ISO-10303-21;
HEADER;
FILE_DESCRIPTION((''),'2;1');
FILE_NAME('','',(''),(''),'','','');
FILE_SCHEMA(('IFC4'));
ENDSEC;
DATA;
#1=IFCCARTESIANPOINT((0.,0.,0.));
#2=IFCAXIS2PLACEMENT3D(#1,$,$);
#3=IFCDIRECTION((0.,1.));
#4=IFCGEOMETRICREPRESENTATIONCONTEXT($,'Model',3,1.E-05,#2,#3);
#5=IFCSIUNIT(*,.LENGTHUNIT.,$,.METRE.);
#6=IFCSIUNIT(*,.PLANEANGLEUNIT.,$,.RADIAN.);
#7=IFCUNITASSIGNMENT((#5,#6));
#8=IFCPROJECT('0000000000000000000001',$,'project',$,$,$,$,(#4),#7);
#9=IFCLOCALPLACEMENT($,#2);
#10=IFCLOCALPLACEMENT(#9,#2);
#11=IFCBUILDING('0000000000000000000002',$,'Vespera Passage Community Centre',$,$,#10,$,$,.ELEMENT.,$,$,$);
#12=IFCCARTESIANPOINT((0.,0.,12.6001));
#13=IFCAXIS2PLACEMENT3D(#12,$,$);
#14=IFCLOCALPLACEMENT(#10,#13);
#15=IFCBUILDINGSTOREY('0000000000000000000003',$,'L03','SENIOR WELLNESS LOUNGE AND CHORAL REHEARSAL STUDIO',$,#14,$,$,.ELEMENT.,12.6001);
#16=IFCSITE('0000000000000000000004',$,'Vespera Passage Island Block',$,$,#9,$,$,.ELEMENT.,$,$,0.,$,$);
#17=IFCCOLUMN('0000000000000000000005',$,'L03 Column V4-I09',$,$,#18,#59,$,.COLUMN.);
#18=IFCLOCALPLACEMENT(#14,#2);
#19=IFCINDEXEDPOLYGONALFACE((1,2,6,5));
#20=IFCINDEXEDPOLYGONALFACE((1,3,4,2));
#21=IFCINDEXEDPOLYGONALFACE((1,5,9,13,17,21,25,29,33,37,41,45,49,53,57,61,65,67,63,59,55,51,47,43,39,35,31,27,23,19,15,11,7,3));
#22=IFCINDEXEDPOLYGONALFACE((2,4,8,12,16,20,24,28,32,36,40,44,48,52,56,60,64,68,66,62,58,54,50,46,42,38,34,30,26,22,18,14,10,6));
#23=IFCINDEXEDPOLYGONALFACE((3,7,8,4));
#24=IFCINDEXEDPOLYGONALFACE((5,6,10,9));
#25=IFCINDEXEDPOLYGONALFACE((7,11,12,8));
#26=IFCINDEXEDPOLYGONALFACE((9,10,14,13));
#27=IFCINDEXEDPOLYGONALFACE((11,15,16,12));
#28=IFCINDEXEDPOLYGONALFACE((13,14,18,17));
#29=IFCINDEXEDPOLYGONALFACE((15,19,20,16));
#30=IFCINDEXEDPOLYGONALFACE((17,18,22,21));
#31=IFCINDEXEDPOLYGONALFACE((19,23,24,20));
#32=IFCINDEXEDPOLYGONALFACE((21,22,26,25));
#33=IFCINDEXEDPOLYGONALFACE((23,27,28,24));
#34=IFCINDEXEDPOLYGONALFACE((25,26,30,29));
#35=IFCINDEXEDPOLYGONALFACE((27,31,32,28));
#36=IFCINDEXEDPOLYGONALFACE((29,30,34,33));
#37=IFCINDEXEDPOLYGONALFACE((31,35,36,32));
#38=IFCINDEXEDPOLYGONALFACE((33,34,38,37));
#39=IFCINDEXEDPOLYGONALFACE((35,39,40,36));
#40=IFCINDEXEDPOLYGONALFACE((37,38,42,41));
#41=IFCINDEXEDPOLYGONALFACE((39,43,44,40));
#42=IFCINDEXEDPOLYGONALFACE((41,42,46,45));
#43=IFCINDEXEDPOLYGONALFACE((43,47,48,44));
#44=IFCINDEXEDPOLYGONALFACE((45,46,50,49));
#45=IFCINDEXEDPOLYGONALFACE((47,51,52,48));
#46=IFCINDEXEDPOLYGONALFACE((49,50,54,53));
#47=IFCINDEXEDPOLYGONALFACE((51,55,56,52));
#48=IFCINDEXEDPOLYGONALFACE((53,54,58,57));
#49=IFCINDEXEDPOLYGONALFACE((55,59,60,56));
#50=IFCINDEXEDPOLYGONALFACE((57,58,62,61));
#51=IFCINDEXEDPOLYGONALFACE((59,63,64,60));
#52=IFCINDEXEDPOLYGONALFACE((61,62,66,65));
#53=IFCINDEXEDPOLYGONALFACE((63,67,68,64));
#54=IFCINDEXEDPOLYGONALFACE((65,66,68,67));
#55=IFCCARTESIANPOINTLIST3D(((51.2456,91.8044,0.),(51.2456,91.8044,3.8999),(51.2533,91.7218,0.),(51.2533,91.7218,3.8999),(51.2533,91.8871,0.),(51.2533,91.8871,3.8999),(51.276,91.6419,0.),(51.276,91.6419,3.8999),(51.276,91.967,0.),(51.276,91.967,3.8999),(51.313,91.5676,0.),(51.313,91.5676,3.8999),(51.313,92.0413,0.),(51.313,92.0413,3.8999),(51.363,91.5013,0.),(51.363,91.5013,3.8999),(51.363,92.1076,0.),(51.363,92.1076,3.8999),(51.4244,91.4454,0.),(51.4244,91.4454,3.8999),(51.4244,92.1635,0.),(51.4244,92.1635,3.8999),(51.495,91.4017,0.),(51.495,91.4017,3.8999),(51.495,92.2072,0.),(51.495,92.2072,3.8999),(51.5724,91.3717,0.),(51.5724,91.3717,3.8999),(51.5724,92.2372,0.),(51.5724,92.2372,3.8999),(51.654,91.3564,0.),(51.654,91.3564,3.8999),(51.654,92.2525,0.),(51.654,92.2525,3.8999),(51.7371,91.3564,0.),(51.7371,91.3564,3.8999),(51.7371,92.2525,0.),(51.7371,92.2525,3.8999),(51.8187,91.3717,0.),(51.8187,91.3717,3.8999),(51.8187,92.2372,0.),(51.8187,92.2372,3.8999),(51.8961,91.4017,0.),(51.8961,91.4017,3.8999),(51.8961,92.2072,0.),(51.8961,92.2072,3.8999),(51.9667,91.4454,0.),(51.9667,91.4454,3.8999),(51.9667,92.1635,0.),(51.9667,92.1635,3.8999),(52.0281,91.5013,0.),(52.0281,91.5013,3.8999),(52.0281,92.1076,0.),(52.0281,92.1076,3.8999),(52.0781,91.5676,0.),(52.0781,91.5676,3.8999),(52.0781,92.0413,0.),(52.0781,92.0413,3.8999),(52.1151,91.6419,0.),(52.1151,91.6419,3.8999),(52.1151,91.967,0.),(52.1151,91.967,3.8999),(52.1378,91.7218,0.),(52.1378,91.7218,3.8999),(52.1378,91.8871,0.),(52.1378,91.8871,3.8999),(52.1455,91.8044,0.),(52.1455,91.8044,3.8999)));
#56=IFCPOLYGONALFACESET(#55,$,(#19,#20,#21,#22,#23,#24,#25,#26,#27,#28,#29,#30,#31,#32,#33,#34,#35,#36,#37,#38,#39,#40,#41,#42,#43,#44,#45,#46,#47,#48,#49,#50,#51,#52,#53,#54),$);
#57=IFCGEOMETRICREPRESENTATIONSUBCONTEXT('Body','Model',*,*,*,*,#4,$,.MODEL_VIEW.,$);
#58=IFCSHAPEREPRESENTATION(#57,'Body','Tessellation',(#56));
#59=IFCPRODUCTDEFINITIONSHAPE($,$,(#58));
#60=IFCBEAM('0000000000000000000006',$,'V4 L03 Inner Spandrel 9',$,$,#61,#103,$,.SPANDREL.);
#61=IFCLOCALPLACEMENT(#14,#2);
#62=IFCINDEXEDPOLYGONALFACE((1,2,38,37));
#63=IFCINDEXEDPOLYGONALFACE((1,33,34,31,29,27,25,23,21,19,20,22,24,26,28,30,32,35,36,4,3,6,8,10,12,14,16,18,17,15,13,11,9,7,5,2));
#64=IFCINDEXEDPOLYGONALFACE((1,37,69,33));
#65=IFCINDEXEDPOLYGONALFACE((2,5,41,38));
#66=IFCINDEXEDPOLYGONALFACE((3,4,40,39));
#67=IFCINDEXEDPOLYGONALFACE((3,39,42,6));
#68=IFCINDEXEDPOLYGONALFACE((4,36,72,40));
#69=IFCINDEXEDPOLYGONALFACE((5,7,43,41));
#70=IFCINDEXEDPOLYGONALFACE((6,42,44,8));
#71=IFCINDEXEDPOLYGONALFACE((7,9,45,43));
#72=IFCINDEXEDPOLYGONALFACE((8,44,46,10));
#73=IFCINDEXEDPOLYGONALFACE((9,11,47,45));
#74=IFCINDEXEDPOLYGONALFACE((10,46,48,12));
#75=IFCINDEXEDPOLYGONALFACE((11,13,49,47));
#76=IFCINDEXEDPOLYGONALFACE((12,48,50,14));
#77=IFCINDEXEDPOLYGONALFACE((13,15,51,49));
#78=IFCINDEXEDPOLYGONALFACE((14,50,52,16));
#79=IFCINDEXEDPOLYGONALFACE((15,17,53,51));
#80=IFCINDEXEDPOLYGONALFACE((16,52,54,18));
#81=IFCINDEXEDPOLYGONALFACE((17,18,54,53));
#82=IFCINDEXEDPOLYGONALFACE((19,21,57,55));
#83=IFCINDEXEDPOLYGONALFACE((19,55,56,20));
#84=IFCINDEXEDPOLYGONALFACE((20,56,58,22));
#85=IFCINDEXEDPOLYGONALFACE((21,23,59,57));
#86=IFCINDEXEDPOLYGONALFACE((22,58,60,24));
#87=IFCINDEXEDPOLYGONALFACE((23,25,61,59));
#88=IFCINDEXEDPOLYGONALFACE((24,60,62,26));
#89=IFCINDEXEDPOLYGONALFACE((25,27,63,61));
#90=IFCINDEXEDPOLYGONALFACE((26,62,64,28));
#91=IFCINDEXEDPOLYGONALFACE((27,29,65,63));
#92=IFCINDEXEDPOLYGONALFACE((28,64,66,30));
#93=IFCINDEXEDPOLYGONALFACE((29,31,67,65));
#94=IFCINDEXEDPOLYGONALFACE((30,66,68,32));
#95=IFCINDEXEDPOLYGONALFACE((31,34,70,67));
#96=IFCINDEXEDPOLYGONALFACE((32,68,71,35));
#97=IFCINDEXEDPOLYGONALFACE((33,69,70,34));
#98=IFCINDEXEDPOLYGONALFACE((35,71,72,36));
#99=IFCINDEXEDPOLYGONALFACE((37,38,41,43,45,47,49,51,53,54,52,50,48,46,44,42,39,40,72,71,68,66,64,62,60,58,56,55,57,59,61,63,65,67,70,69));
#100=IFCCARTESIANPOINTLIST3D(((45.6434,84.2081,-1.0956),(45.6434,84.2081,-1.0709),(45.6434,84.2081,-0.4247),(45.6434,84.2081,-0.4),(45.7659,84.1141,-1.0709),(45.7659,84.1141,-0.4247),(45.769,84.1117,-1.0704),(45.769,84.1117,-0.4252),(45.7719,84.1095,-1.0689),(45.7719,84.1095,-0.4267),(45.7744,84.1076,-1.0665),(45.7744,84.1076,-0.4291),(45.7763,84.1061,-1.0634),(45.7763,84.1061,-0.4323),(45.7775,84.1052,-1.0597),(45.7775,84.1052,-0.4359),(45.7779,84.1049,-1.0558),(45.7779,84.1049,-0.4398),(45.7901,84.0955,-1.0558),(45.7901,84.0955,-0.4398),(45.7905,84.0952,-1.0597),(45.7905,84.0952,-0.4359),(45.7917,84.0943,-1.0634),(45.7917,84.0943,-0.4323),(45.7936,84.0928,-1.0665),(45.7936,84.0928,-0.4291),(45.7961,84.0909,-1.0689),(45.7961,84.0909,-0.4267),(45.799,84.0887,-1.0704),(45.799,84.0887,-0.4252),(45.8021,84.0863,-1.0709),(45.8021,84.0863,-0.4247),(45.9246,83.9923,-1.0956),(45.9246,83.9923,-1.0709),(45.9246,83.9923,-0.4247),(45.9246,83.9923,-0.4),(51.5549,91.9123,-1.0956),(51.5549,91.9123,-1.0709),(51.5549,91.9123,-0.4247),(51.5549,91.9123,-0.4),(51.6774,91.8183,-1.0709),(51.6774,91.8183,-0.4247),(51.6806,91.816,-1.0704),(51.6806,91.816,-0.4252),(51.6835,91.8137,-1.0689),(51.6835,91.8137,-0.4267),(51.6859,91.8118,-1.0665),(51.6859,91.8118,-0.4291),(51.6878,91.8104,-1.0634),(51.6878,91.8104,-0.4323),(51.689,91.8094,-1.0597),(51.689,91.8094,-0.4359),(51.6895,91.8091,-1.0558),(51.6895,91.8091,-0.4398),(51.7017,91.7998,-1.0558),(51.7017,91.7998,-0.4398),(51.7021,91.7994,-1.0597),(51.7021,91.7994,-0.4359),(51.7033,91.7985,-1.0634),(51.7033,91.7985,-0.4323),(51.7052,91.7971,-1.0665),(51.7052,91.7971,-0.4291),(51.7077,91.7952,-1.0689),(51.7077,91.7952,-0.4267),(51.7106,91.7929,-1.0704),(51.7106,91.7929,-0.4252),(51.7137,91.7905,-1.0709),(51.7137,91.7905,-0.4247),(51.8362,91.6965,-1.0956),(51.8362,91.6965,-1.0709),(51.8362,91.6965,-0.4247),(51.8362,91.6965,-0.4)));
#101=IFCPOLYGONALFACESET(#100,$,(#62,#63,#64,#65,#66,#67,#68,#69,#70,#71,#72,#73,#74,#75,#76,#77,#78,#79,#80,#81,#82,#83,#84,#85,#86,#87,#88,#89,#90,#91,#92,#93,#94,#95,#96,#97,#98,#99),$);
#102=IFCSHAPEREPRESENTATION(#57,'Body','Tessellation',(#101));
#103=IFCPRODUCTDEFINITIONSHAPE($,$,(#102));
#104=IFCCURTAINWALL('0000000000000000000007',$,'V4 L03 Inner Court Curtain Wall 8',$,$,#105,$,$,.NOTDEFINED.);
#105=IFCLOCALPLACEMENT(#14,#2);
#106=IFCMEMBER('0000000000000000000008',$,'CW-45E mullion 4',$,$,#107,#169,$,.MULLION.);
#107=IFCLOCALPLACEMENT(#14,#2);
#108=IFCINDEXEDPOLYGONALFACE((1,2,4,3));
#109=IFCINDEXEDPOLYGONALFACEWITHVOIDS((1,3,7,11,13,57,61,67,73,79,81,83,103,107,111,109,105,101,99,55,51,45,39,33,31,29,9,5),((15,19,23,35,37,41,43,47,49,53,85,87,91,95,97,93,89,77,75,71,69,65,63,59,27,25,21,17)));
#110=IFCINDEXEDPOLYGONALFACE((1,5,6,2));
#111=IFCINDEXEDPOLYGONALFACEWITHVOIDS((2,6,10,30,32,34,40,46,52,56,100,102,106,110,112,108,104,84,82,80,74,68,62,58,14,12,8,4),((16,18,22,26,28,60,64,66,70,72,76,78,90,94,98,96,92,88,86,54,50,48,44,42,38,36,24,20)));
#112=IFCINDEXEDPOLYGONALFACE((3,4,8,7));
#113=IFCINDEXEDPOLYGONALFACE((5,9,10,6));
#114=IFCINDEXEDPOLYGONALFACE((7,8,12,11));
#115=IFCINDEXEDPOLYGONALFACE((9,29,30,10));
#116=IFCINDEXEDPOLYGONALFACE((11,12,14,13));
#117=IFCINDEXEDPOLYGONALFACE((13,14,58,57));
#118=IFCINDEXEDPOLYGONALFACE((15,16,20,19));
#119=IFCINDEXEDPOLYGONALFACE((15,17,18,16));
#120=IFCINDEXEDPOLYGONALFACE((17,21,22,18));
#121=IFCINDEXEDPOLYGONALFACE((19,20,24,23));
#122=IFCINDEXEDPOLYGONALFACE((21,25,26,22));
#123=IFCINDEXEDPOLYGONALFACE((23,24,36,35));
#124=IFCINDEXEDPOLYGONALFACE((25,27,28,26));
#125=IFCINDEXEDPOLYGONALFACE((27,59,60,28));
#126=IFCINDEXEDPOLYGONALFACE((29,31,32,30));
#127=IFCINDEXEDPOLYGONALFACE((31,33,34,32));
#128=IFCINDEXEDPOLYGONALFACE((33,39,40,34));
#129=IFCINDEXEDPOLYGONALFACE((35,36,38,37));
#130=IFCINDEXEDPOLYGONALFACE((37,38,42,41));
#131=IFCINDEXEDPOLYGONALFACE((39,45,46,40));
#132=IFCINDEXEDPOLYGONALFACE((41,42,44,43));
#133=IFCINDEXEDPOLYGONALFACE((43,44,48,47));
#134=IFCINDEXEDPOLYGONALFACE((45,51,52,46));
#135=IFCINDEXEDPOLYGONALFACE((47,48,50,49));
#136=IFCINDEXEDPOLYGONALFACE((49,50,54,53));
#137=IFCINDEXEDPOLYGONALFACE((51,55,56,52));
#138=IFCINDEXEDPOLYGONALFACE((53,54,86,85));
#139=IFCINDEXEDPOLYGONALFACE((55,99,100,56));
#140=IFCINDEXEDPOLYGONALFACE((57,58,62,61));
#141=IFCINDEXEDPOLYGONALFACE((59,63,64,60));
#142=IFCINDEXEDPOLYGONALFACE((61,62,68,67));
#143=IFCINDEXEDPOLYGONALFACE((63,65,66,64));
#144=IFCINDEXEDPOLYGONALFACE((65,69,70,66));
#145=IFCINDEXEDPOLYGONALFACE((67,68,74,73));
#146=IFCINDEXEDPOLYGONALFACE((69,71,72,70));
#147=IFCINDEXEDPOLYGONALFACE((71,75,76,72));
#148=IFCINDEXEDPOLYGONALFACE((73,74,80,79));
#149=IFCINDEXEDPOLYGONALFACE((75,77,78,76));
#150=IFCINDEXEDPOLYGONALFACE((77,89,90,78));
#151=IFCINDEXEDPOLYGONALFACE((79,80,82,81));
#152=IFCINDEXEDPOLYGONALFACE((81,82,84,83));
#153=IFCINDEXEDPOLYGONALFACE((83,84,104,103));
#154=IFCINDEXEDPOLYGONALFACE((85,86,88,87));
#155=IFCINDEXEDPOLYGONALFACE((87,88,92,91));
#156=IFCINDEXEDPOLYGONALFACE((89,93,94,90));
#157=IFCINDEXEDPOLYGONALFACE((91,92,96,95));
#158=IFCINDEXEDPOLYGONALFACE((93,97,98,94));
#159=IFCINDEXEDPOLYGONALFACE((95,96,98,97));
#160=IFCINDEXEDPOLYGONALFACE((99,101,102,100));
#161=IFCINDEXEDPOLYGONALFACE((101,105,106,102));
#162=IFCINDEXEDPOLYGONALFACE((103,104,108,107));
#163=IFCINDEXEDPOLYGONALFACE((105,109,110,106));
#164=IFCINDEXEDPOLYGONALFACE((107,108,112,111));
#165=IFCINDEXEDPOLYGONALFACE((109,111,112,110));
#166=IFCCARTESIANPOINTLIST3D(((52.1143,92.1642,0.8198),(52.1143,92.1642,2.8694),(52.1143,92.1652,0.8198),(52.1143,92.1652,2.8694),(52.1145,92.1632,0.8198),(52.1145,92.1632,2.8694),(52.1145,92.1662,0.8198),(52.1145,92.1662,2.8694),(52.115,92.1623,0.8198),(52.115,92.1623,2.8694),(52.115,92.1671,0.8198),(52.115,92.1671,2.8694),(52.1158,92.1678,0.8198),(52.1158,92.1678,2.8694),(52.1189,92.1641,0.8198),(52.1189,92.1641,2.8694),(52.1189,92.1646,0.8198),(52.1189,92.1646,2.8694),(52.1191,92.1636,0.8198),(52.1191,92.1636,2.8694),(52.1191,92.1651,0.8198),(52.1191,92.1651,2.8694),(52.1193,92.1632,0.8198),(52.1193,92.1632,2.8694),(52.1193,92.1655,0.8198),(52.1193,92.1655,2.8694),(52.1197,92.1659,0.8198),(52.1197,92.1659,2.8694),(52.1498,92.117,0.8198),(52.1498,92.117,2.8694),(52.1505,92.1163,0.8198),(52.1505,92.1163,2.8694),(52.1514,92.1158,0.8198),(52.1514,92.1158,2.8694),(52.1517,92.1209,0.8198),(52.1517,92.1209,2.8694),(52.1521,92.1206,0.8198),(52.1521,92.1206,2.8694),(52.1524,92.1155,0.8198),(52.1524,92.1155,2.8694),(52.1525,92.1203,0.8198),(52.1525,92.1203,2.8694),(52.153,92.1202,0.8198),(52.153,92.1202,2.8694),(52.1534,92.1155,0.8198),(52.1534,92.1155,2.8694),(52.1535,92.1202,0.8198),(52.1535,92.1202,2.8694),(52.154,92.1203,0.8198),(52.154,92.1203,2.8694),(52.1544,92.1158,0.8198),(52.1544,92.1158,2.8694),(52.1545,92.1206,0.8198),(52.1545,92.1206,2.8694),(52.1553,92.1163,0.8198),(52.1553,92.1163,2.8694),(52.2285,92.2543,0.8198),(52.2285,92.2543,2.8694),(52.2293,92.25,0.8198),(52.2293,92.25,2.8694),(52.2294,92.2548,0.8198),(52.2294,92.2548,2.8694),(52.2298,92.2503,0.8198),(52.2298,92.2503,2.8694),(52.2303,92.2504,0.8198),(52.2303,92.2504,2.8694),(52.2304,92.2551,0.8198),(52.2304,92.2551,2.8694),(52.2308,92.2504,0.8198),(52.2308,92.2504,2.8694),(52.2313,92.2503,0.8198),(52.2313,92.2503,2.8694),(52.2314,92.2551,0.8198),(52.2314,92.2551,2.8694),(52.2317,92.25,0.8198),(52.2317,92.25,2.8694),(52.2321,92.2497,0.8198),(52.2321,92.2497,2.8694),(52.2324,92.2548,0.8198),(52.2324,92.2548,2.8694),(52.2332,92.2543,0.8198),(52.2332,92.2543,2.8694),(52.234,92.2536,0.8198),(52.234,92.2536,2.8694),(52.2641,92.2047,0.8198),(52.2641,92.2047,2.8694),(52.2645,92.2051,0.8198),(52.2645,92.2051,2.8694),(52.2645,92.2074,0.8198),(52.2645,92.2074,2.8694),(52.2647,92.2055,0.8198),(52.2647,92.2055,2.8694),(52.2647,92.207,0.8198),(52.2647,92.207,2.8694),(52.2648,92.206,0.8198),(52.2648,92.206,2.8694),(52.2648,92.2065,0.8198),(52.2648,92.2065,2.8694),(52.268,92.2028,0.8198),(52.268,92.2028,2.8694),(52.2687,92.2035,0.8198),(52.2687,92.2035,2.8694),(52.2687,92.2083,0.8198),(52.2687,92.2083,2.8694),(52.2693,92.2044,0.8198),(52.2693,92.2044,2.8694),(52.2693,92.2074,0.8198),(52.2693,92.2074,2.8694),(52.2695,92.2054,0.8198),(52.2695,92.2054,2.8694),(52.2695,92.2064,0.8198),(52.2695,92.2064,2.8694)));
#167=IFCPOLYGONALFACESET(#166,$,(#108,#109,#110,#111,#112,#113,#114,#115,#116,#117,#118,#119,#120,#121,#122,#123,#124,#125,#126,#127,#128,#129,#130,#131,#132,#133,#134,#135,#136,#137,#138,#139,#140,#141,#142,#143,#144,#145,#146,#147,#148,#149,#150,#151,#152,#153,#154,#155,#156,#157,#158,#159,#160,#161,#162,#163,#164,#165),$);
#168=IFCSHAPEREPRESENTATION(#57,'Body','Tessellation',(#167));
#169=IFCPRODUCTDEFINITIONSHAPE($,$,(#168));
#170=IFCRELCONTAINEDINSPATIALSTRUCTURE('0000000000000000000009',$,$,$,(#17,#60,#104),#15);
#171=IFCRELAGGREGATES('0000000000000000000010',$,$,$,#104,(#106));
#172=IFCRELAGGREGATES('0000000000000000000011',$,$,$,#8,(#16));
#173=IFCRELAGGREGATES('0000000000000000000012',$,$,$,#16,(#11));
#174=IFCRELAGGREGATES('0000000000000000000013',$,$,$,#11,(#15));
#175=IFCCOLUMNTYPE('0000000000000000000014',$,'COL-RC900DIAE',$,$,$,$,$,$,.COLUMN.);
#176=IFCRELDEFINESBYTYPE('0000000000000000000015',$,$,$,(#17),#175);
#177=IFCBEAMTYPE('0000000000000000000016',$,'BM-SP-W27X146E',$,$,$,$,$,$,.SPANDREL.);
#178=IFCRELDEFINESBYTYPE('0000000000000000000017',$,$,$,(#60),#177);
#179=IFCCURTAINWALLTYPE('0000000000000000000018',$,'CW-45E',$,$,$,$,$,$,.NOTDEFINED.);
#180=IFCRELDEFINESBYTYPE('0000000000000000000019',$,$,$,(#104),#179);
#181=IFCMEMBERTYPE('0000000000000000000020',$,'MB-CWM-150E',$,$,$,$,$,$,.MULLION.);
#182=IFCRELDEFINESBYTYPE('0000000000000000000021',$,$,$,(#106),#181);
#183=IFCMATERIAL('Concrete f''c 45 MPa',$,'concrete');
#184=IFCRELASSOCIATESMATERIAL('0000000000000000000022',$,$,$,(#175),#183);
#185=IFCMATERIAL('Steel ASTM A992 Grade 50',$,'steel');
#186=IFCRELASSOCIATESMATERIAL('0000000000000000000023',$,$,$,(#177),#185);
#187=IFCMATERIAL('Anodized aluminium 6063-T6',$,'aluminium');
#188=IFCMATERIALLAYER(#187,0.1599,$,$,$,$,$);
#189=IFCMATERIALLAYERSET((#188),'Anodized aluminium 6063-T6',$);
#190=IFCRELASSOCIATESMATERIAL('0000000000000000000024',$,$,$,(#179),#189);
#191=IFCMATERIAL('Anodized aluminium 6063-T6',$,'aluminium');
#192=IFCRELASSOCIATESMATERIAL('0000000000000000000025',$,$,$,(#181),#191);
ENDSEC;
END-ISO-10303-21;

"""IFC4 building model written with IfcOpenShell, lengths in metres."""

from ifc_helpers import new_model, si_unit, direction, frame, origin, origin_2d, place, context, subcontext, project, spatial, hollow_rectangle, circle, i_section, extrude, material, layer, layer_set, material_profile, profile_set, type_object, element, aggregate, save


model = new_model("IFC4")

# Units and contexts
model_context = context("Model", 3, precision=1e-05, world=origin(), true_north=direction((0.0, 1.0)))
body_context = subcontext(model_context, "Body", "Model", "MODEL_VIEW")
ifc_project = project(units=[si_unit("LENGTHUNIT", "METRE"), si_unit("PLANEANGLEUNIT", "RADIAN")], contexts=[model_context])

# Site, building, storey
site_placement = place(None, origin())
site = spatial("IfcSite", under=ifc_project, at=site_placement, Name="Vespera Passage Island Block", CompositionType="ELEMENT", RefElevation=0.0)
building_placement = place(site_placement, origin())
building = spatial("IfcBuilding", under=site, at=building_placement, Name="Vespera Passage Community Centre", CompositionType="ELEMENT")
storey_placement = place(building_placement, frame((0.0, 0.0, 12.6001)))
storey = spatial("IfcBuildingStorey", under=building, at=storey_placement, Name="L03", Description="SENIOR WELLNESS LOUNGE AND CHORAL REHEARSAL STUDIO", CompositionType="ELEMENT", Elevation=12.6001)

# Column
ifc_material_1 = material(Name="Concrete f'c 45 MPa", Category="concrete")
ifc_material_profile_1 = material_profile(ifc_material_1, circle(Radius=0.45, at=origin_2d()), Name="RC900DIA")
ifc_profile_set_1 = profile_set([ifc_material_profile_1], Name="Concrete f'c 45 MPa")
column_type = type_object("IfcColumnType", Name="COL-RC900DIAE", PredefinedType="COLUMN", material=ifc_profile_set_1)
column_placement = place(storey_placement, frame((51.6956, 91.8044, 0.0), z_axis=(0.0, 0.0, 1.0), x_axis=(1.0, 0.0, 0.0)))
element("IfcColumn", 1, at=column_placement, inside=storey, type_object=column_type, Name="L03 Column V4-I09", PredefinedType="COLUMN", context=body_context, shape_type="SweptSolid", body=[
    extrude(circle(Radius=0.45, at=origin_2d()), origin(), (0.0, 0.0, 1.0), 3.8999),
])

# Beam
ifc_material_2 = material(Name="Steel ASTM A992 Grade 50", Category="steel")
ifc_material_profile_2 = material_profile(ifc_material_2, i_section(OverallWidth=0.3545, OverallDepth=0.6956, WebThickness=0.0154, FlangeThickness=0.0247, FilletRadius=0.0151, at=origin_2d()), Name="W27X146")
ifc_profile_set_2 = profile_set([ifc_material_profile_2], Name="Steel ASTM A992 Grade 50")
beam_type = type_object("IfcBeamType", Name="BM-SP-W27X146E", PredefinedType="SPANDREL", material=ifc_profile_set_2)
beam_placement = place(storey_placement, frame((51.6956, 91.8044, -0.7478), z_axis=(-0.608753, -0.79336, 0.0), x_axis=(0.79336, -0.608753, 0.0)))
element("IfcBeam", 2, at=beam_placement, inside=storey, type_object=beam_type, Name="V4 L03 Inner Spandrel 9", PredefinedType="SPANDREL", context=body_context, shape_type="SweptSolid", body=[
    extrude(i_section(OverallWidth=0.3545, OverallDepth=0.6956, WebThickness=0.0154, FlangeThickness=0.0247, FilletRadius=0.0151, at=origin_2d()), origin(), (0.0, 0.0, 1.0), 9.7109),
])

# Curtain wall, member
ifc_material_3 = material(Name="Anodized aluminium 6063-T6", Category="aluminium")
ifc_layer_1 = layer(ifc_material_3, 0.1599)
ifc_layer_set_1 = layer_set([ifc_layer_1], Name="Anodized aluminium 6063-T6")
curtain_wall_type_1 = type_object("IfcCurtainWallType", Name="CW-45E", PredefinedType="NOTDEFINED", material=ifc_layer_set_1)
curtain_wall_1_placement = place(storey_placement, origin())
curtain_wall_1 = element("IfcCurtainWall", 3, at=curtain_wall_1_placement, inside=storey, type_object=curtain_wall_type_1, Name="V4 L03 Inner Court Curtain Wall 8", PredefinedType="NOTDEFINED")
ifc_material_4 = material(Name="Anodized aluminium 6063-T6", Category="aluminium")
ifc_material_profile_3 = material_profile(ifc_material_4, hollow_rectangle(XDim=0.0649, YDim=0.1499, WallThickness=0.0039, InnerFilletRadius=0.002, OuterFilletRadius=0.0039, at=origin_2d()), Name="ALU150X65X4")
ifc_profile_set_3 = profile_set([ifc_material_profile_3], Name="Anodized aluminium 6063-T6")
member_type_1 = type_object("IfcMemberType", Name="MB-CWM-150E", PredefinedType="MULLION", material=ifc_profile_set_3)
member_1_placement = place(storey_placement, frame((52.1919, 92.1853, 0.8198), z_axis=(0.0, 0.0, 1.0), x_axis=(0.608755, -0.793358, 0.0)))
member_1 = element("IfcMember", 4, at=member_1_placement, type_object=member_type_1, Name="CW-45E mullion 4", PredefinedType="MULLION", context=body_context, shape_type="SweptSolid", body=[
    extrude(hollow_rectangle(XDim=0.0649, YDim=0.1499, WallThickness=0.0039, InnerFilletRadius=0.002, OuterFilletRadius=0.0039, at=origin_2d()), origin(), (0.0, 0.0, 1.0), 2.0496),
])

aggregate(curtain_wall_1, [member_1])

save(model, "model.ifc")
